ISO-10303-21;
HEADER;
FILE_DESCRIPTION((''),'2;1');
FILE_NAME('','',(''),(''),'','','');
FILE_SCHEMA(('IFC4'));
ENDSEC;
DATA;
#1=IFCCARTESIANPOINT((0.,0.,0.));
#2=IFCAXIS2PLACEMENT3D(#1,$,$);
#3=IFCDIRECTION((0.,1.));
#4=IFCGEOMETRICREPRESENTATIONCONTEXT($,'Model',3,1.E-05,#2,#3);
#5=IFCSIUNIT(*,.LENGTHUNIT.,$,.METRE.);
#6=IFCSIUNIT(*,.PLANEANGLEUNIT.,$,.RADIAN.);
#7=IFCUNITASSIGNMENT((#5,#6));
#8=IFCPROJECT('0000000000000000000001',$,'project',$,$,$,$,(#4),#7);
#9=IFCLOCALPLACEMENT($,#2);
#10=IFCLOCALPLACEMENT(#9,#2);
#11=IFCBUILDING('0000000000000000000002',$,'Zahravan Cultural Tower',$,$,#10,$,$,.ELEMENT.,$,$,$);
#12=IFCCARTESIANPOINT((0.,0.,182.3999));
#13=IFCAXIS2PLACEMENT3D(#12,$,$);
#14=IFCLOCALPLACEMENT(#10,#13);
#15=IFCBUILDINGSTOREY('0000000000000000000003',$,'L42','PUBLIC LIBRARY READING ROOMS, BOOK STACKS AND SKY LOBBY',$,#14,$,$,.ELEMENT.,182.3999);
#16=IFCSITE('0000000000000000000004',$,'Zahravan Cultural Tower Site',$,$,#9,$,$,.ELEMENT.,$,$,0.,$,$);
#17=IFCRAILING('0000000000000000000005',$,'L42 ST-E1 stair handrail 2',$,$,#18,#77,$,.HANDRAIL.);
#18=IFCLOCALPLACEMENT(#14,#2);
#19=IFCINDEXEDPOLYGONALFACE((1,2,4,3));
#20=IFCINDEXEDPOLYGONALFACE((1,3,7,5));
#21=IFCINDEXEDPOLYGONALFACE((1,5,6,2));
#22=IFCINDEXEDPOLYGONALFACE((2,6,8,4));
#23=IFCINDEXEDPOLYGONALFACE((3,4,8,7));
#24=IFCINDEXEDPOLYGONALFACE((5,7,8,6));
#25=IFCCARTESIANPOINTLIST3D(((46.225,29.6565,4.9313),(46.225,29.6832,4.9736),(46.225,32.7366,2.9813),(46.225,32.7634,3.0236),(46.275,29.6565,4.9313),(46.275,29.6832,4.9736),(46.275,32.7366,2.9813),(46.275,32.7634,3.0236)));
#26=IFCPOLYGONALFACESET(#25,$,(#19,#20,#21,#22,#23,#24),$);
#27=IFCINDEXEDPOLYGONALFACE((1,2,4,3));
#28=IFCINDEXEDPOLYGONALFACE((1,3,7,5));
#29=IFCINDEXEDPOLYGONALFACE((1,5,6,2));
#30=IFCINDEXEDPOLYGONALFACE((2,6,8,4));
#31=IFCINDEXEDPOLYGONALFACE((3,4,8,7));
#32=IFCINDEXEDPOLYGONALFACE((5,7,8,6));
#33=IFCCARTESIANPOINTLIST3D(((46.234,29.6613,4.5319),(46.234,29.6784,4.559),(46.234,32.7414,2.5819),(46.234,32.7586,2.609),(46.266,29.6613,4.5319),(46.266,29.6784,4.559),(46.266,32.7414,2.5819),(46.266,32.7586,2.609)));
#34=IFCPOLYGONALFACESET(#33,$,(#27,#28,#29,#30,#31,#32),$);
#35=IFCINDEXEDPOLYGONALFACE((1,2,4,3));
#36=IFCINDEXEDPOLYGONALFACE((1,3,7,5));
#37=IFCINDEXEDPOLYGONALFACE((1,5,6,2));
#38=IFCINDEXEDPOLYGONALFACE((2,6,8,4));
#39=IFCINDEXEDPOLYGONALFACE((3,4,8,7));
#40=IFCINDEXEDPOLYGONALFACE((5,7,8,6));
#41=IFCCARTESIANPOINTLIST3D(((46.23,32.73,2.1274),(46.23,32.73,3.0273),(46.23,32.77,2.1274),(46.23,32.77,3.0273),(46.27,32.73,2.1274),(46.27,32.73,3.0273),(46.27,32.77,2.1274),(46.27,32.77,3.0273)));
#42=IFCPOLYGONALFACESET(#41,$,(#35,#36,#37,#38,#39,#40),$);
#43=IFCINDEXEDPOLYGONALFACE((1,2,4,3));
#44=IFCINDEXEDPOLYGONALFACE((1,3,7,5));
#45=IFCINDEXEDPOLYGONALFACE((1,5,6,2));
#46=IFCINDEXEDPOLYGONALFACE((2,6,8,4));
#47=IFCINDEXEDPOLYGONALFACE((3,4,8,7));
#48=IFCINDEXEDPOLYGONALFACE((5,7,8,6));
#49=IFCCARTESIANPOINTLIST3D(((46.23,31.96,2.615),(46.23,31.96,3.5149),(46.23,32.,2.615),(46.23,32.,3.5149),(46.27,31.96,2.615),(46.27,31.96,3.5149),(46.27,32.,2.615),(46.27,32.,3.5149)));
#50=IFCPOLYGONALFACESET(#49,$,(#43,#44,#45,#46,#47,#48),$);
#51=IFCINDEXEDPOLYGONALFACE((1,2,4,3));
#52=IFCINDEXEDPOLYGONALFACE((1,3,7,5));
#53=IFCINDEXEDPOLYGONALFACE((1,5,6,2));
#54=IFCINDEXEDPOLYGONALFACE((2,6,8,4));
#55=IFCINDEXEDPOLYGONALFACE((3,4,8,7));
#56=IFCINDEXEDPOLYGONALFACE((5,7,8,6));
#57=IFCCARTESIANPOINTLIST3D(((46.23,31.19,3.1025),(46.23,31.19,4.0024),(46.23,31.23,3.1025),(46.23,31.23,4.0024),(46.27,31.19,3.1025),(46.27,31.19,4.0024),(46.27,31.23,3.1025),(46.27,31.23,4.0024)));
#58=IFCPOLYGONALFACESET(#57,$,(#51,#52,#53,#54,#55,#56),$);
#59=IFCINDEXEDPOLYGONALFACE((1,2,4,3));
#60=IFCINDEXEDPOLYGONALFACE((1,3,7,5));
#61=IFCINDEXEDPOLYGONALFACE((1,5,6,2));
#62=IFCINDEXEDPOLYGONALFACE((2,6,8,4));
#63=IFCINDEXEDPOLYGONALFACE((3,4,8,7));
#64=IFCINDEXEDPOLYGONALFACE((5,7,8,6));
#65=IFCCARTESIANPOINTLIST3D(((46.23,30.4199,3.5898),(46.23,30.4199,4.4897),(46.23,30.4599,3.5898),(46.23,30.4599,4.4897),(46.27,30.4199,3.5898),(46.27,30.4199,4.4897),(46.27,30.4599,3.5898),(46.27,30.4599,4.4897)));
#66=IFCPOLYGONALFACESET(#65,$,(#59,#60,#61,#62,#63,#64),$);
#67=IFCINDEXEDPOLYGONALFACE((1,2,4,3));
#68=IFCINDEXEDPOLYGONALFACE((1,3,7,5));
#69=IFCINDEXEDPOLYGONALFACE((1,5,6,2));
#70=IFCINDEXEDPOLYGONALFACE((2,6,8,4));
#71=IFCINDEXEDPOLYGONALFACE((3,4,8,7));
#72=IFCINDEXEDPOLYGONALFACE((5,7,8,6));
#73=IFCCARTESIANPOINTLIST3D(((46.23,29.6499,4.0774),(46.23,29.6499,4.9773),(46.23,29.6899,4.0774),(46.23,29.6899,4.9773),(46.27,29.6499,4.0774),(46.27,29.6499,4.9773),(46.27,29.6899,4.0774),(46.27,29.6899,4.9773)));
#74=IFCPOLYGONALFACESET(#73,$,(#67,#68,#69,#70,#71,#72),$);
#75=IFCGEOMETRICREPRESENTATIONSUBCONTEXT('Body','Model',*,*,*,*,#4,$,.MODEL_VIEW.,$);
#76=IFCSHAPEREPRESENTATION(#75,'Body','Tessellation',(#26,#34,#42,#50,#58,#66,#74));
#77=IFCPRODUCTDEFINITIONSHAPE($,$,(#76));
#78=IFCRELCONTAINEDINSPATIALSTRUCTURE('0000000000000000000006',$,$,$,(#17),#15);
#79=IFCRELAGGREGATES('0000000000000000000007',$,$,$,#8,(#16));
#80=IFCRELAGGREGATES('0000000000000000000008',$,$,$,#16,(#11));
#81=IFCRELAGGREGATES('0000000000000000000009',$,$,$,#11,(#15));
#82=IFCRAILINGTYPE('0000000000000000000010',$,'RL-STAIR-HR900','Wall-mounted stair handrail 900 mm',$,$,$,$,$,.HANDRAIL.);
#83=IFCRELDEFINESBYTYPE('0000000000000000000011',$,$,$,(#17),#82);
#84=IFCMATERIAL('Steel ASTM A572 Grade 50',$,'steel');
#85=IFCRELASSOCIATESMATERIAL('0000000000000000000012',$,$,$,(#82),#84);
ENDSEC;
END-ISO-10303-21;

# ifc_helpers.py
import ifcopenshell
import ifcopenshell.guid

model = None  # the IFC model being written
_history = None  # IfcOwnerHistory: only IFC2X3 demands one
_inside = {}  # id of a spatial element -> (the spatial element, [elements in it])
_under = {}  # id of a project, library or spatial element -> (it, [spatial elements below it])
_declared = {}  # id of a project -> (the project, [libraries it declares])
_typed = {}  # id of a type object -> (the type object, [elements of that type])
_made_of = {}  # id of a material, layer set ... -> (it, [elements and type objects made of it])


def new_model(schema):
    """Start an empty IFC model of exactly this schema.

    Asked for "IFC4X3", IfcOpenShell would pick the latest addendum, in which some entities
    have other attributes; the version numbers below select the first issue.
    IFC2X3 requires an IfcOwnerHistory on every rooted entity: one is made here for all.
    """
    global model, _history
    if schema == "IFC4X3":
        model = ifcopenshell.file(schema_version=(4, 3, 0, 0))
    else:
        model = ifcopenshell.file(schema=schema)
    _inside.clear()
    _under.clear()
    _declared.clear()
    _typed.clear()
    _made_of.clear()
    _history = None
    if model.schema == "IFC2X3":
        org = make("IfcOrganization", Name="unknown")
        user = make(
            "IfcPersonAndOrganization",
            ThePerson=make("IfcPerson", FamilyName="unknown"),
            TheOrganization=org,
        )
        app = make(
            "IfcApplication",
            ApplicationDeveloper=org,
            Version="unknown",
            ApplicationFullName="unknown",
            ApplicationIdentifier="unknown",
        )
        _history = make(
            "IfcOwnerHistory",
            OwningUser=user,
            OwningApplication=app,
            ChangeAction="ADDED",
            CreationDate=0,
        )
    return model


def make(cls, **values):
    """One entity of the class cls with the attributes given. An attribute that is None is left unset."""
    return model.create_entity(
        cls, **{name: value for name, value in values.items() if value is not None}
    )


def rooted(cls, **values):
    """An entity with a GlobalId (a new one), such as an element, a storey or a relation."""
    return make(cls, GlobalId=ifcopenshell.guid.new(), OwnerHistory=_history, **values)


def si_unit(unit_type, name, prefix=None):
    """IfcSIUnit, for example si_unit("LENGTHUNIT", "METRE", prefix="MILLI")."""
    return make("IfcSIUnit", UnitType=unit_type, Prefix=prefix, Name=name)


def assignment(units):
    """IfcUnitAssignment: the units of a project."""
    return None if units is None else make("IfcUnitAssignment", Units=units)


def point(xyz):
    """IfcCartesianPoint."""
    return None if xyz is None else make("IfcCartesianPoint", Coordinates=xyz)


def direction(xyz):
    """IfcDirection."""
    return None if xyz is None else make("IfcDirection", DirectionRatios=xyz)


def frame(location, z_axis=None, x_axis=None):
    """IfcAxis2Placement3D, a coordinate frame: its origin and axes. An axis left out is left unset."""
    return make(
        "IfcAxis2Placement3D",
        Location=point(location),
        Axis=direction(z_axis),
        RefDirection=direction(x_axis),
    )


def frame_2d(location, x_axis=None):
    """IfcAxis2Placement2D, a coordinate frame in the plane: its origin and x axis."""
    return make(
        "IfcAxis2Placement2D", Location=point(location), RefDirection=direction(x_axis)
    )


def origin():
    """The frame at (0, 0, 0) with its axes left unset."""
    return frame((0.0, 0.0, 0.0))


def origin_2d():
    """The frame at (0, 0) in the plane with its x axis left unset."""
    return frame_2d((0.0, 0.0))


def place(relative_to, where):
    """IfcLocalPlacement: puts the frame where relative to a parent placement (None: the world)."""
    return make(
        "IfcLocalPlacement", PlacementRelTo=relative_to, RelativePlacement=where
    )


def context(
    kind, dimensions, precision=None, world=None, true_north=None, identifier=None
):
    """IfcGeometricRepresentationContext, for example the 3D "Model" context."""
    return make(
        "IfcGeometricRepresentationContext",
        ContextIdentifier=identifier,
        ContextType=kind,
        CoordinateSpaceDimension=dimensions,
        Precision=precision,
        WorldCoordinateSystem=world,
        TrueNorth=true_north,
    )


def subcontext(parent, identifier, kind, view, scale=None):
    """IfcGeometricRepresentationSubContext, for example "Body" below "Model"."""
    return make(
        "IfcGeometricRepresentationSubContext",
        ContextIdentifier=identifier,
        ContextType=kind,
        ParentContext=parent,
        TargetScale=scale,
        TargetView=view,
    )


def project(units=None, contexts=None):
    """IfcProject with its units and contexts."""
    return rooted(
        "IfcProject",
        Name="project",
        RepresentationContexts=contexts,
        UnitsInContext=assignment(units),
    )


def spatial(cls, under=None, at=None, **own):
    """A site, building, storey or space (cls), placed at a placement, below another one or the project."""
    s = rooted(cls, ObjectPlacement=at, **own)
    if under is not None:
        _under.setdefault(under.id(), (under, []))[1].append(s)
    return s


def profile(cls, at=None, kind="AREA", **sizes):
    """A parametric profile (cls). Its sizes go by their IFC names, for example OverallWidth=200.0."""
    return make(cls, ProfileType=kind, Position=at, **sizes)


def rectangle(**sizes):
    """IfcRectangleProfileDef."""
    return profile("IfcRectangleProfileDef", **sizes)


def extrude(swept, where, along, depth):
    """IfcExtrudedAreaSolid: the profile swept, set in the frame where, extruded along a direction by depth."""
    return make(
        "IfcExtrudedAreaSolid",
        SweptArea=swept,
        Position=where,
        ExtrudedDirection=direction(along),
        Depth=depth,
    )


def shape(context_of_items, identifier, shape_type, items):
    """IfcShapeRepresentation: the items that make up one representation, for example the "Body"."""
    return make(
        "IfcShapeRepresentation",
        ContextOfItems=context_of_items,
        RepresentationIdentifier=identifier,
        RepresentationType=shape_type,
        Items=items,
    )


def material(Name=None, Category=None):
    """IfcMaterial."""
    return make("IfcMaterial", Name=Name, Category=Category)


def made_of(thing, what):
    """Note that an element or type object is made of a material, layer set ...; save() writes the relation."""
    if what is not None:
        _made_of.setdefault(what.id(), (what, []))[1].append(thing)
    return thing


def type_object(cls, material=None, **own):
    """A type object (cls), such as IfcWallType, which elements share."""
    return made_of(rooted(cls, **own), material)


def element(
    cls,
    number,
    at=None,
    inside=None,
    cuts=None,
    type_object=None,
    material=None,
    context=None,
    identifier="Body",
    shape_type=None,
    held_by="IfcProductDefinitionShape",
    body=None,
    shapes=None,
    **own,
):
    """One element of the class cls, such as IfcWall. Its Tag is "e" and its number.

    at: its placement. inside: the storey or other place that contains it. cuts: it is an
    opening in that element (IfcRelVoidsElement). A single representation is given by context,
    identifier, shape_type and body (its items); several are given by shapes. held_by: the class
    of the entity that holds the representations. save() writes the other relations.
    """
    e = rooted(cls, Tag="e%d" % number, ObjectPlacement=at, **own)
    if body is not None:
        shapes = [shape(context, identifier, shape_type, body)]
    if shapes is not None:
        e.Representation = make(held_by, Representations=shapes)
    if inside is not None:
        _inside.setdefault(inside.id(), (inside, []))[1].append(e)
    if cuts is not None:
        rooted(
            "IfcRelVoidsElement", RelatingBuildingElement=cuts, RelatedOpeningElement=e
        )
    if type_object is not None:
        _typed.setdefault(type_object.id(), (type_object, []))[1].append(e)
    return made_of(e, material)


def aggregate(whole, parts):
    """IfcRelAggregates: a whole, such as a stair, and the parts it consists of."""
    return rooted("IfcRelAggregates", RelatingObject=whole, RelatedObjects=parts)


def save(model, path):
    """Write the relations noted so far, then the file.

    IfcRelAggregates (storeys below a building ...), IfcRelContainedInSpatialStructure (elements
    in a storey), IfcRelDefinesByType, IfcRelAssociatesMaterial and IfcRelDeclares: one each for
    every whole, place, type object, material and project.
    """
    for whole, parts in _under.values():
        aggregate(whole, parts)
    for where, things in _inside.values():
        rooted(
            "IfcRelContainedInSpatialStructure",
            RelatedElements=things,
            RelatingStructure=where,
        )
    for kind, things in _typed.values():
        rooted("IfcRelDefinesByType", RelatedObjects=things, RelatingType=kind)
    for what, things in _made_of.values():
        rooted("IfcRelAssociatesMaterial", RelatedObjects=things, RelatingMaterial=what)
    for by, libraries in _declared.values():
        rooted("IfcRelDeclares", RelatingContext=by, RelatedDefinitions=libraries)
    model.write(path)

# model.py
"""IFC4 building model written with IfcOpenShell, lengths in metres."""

from ifc_helpers import new_model, si_unit, direction, frame, origin, origin_2d, place, context, subcontext, project, spatial, rectangle, extrude, material, type_object, element, save


model = new_model("IFC4")

# Units and contexts
model_context = context("Model", 3, precision=1e-05, world=origin(), true_north=direction((0.0, 1.0)))
body_context = subcontext(model_context, "Body", "Model", "MODEL_VIEW")
ifc_project = project(units=[si_unit("LENGTHUNIT", "METRE"), si_unit("PLANEANGLEUNIT", "RADIAN")], contexts=[model_context])

# Site, building, storey
site_placement = place(None, origin())
site = spatial("IfcSite", under=ifc_project, at=site_placement, Name="Zahravan Cultural Tower Site", CompositionType="ELEMENT", RefElevation=0.0)
building_placement = place(site_placement, origin())
building = spatial("IfcBuilding", under=site, at=building_placement, Name="Zahravan Cultural Tower", CompositionType="ELEMENT")
storey_placement = place(building_placement, frame((0.0, 0.0, 182.3999)))
storey = spatial("IfcBuildingStorey", under=building, at=storey_placement, Name="L42", Description="PUBLIC LIBRARY READING ROOMS, BOOK STACKS AND SKY LOBBY", CompositionType="ELEMENT", Elevation=182.3999)

# Shared definitions
ifc_material_1 = material(Name="Steel ASTM A572 Grade 50", Category="steel")

# Railing
railing_type_1 = type_object("IfcRailingType", Name="RL-STAIR-HR900", Description="Wall-mounted stair handrail 900 mm", PredefinedType="HANDRAIL", material=ifc_material_1)
railing_1_placement = place(storey_placement, frame((46.25, 32.75, 2.1274)))
element("IfcRailing", 1, at=railing_1_placement, inside=storey, type_object=railing_type_1, Name="L42 ST-E1 stair handrail 2", PredefinedType="HANDRAIL", context=body_context, shape_type="SweptSolid", body=[
    extrude(rectangle(XDim=0.05, YDim=0.05, at=origin_2d()), frame((0.0, 0.0, 0.875), z_axis=(0.0, -0.844914, 0.534902), x_axis=(1.0, 0.0, 0.0)), (0.0, 0.0, 1.0), 3.6455),
    extrude(rectangle(XDim=0.032, YDim=0.032, at=origin_2d()), frame((0.0, 0.0, 0.468), z_axis=(0.0, -0.844914, 0.534902), x_axis=(1.0, 0.0, 0.0)), (0.0, 0.0, 1.0), 3.6455),
    extrude(rectangle(XDim=0.04, YDim=0.04, at=origin_2d()), origin(), (0.0, 0.0, 1.0), 0.8999),
    extrude(rectangle(XDim=0.04, YDim=0.04, at=origin_2d()), frame((0.0, -0.77, 0.4875)), (0.0, 0.0, 1.0), 0.8999),
    extrude(rectangle(XDim=0.04, YDim=0.04, at=origin_2d()), frame((0.0, -1.54, 0.9751)), (0.0, 0.0, 1.0), 0.8999),
    extrude(rectangle(XDim=0.04, YDim=0.04, at=origin_2d()), frame((0.0, -2.3101, 1.4624)), (0.0, 0.0, 1.0), 0.8999),
    extrude(rectangle(XDim=0.04, YDim=0.04, at=origin_2d()), frame((0.0, -3.0801, 1.95)), (0.0, 0.0, 1.0), 0.8999),
])

save(model, "model.ifc")
